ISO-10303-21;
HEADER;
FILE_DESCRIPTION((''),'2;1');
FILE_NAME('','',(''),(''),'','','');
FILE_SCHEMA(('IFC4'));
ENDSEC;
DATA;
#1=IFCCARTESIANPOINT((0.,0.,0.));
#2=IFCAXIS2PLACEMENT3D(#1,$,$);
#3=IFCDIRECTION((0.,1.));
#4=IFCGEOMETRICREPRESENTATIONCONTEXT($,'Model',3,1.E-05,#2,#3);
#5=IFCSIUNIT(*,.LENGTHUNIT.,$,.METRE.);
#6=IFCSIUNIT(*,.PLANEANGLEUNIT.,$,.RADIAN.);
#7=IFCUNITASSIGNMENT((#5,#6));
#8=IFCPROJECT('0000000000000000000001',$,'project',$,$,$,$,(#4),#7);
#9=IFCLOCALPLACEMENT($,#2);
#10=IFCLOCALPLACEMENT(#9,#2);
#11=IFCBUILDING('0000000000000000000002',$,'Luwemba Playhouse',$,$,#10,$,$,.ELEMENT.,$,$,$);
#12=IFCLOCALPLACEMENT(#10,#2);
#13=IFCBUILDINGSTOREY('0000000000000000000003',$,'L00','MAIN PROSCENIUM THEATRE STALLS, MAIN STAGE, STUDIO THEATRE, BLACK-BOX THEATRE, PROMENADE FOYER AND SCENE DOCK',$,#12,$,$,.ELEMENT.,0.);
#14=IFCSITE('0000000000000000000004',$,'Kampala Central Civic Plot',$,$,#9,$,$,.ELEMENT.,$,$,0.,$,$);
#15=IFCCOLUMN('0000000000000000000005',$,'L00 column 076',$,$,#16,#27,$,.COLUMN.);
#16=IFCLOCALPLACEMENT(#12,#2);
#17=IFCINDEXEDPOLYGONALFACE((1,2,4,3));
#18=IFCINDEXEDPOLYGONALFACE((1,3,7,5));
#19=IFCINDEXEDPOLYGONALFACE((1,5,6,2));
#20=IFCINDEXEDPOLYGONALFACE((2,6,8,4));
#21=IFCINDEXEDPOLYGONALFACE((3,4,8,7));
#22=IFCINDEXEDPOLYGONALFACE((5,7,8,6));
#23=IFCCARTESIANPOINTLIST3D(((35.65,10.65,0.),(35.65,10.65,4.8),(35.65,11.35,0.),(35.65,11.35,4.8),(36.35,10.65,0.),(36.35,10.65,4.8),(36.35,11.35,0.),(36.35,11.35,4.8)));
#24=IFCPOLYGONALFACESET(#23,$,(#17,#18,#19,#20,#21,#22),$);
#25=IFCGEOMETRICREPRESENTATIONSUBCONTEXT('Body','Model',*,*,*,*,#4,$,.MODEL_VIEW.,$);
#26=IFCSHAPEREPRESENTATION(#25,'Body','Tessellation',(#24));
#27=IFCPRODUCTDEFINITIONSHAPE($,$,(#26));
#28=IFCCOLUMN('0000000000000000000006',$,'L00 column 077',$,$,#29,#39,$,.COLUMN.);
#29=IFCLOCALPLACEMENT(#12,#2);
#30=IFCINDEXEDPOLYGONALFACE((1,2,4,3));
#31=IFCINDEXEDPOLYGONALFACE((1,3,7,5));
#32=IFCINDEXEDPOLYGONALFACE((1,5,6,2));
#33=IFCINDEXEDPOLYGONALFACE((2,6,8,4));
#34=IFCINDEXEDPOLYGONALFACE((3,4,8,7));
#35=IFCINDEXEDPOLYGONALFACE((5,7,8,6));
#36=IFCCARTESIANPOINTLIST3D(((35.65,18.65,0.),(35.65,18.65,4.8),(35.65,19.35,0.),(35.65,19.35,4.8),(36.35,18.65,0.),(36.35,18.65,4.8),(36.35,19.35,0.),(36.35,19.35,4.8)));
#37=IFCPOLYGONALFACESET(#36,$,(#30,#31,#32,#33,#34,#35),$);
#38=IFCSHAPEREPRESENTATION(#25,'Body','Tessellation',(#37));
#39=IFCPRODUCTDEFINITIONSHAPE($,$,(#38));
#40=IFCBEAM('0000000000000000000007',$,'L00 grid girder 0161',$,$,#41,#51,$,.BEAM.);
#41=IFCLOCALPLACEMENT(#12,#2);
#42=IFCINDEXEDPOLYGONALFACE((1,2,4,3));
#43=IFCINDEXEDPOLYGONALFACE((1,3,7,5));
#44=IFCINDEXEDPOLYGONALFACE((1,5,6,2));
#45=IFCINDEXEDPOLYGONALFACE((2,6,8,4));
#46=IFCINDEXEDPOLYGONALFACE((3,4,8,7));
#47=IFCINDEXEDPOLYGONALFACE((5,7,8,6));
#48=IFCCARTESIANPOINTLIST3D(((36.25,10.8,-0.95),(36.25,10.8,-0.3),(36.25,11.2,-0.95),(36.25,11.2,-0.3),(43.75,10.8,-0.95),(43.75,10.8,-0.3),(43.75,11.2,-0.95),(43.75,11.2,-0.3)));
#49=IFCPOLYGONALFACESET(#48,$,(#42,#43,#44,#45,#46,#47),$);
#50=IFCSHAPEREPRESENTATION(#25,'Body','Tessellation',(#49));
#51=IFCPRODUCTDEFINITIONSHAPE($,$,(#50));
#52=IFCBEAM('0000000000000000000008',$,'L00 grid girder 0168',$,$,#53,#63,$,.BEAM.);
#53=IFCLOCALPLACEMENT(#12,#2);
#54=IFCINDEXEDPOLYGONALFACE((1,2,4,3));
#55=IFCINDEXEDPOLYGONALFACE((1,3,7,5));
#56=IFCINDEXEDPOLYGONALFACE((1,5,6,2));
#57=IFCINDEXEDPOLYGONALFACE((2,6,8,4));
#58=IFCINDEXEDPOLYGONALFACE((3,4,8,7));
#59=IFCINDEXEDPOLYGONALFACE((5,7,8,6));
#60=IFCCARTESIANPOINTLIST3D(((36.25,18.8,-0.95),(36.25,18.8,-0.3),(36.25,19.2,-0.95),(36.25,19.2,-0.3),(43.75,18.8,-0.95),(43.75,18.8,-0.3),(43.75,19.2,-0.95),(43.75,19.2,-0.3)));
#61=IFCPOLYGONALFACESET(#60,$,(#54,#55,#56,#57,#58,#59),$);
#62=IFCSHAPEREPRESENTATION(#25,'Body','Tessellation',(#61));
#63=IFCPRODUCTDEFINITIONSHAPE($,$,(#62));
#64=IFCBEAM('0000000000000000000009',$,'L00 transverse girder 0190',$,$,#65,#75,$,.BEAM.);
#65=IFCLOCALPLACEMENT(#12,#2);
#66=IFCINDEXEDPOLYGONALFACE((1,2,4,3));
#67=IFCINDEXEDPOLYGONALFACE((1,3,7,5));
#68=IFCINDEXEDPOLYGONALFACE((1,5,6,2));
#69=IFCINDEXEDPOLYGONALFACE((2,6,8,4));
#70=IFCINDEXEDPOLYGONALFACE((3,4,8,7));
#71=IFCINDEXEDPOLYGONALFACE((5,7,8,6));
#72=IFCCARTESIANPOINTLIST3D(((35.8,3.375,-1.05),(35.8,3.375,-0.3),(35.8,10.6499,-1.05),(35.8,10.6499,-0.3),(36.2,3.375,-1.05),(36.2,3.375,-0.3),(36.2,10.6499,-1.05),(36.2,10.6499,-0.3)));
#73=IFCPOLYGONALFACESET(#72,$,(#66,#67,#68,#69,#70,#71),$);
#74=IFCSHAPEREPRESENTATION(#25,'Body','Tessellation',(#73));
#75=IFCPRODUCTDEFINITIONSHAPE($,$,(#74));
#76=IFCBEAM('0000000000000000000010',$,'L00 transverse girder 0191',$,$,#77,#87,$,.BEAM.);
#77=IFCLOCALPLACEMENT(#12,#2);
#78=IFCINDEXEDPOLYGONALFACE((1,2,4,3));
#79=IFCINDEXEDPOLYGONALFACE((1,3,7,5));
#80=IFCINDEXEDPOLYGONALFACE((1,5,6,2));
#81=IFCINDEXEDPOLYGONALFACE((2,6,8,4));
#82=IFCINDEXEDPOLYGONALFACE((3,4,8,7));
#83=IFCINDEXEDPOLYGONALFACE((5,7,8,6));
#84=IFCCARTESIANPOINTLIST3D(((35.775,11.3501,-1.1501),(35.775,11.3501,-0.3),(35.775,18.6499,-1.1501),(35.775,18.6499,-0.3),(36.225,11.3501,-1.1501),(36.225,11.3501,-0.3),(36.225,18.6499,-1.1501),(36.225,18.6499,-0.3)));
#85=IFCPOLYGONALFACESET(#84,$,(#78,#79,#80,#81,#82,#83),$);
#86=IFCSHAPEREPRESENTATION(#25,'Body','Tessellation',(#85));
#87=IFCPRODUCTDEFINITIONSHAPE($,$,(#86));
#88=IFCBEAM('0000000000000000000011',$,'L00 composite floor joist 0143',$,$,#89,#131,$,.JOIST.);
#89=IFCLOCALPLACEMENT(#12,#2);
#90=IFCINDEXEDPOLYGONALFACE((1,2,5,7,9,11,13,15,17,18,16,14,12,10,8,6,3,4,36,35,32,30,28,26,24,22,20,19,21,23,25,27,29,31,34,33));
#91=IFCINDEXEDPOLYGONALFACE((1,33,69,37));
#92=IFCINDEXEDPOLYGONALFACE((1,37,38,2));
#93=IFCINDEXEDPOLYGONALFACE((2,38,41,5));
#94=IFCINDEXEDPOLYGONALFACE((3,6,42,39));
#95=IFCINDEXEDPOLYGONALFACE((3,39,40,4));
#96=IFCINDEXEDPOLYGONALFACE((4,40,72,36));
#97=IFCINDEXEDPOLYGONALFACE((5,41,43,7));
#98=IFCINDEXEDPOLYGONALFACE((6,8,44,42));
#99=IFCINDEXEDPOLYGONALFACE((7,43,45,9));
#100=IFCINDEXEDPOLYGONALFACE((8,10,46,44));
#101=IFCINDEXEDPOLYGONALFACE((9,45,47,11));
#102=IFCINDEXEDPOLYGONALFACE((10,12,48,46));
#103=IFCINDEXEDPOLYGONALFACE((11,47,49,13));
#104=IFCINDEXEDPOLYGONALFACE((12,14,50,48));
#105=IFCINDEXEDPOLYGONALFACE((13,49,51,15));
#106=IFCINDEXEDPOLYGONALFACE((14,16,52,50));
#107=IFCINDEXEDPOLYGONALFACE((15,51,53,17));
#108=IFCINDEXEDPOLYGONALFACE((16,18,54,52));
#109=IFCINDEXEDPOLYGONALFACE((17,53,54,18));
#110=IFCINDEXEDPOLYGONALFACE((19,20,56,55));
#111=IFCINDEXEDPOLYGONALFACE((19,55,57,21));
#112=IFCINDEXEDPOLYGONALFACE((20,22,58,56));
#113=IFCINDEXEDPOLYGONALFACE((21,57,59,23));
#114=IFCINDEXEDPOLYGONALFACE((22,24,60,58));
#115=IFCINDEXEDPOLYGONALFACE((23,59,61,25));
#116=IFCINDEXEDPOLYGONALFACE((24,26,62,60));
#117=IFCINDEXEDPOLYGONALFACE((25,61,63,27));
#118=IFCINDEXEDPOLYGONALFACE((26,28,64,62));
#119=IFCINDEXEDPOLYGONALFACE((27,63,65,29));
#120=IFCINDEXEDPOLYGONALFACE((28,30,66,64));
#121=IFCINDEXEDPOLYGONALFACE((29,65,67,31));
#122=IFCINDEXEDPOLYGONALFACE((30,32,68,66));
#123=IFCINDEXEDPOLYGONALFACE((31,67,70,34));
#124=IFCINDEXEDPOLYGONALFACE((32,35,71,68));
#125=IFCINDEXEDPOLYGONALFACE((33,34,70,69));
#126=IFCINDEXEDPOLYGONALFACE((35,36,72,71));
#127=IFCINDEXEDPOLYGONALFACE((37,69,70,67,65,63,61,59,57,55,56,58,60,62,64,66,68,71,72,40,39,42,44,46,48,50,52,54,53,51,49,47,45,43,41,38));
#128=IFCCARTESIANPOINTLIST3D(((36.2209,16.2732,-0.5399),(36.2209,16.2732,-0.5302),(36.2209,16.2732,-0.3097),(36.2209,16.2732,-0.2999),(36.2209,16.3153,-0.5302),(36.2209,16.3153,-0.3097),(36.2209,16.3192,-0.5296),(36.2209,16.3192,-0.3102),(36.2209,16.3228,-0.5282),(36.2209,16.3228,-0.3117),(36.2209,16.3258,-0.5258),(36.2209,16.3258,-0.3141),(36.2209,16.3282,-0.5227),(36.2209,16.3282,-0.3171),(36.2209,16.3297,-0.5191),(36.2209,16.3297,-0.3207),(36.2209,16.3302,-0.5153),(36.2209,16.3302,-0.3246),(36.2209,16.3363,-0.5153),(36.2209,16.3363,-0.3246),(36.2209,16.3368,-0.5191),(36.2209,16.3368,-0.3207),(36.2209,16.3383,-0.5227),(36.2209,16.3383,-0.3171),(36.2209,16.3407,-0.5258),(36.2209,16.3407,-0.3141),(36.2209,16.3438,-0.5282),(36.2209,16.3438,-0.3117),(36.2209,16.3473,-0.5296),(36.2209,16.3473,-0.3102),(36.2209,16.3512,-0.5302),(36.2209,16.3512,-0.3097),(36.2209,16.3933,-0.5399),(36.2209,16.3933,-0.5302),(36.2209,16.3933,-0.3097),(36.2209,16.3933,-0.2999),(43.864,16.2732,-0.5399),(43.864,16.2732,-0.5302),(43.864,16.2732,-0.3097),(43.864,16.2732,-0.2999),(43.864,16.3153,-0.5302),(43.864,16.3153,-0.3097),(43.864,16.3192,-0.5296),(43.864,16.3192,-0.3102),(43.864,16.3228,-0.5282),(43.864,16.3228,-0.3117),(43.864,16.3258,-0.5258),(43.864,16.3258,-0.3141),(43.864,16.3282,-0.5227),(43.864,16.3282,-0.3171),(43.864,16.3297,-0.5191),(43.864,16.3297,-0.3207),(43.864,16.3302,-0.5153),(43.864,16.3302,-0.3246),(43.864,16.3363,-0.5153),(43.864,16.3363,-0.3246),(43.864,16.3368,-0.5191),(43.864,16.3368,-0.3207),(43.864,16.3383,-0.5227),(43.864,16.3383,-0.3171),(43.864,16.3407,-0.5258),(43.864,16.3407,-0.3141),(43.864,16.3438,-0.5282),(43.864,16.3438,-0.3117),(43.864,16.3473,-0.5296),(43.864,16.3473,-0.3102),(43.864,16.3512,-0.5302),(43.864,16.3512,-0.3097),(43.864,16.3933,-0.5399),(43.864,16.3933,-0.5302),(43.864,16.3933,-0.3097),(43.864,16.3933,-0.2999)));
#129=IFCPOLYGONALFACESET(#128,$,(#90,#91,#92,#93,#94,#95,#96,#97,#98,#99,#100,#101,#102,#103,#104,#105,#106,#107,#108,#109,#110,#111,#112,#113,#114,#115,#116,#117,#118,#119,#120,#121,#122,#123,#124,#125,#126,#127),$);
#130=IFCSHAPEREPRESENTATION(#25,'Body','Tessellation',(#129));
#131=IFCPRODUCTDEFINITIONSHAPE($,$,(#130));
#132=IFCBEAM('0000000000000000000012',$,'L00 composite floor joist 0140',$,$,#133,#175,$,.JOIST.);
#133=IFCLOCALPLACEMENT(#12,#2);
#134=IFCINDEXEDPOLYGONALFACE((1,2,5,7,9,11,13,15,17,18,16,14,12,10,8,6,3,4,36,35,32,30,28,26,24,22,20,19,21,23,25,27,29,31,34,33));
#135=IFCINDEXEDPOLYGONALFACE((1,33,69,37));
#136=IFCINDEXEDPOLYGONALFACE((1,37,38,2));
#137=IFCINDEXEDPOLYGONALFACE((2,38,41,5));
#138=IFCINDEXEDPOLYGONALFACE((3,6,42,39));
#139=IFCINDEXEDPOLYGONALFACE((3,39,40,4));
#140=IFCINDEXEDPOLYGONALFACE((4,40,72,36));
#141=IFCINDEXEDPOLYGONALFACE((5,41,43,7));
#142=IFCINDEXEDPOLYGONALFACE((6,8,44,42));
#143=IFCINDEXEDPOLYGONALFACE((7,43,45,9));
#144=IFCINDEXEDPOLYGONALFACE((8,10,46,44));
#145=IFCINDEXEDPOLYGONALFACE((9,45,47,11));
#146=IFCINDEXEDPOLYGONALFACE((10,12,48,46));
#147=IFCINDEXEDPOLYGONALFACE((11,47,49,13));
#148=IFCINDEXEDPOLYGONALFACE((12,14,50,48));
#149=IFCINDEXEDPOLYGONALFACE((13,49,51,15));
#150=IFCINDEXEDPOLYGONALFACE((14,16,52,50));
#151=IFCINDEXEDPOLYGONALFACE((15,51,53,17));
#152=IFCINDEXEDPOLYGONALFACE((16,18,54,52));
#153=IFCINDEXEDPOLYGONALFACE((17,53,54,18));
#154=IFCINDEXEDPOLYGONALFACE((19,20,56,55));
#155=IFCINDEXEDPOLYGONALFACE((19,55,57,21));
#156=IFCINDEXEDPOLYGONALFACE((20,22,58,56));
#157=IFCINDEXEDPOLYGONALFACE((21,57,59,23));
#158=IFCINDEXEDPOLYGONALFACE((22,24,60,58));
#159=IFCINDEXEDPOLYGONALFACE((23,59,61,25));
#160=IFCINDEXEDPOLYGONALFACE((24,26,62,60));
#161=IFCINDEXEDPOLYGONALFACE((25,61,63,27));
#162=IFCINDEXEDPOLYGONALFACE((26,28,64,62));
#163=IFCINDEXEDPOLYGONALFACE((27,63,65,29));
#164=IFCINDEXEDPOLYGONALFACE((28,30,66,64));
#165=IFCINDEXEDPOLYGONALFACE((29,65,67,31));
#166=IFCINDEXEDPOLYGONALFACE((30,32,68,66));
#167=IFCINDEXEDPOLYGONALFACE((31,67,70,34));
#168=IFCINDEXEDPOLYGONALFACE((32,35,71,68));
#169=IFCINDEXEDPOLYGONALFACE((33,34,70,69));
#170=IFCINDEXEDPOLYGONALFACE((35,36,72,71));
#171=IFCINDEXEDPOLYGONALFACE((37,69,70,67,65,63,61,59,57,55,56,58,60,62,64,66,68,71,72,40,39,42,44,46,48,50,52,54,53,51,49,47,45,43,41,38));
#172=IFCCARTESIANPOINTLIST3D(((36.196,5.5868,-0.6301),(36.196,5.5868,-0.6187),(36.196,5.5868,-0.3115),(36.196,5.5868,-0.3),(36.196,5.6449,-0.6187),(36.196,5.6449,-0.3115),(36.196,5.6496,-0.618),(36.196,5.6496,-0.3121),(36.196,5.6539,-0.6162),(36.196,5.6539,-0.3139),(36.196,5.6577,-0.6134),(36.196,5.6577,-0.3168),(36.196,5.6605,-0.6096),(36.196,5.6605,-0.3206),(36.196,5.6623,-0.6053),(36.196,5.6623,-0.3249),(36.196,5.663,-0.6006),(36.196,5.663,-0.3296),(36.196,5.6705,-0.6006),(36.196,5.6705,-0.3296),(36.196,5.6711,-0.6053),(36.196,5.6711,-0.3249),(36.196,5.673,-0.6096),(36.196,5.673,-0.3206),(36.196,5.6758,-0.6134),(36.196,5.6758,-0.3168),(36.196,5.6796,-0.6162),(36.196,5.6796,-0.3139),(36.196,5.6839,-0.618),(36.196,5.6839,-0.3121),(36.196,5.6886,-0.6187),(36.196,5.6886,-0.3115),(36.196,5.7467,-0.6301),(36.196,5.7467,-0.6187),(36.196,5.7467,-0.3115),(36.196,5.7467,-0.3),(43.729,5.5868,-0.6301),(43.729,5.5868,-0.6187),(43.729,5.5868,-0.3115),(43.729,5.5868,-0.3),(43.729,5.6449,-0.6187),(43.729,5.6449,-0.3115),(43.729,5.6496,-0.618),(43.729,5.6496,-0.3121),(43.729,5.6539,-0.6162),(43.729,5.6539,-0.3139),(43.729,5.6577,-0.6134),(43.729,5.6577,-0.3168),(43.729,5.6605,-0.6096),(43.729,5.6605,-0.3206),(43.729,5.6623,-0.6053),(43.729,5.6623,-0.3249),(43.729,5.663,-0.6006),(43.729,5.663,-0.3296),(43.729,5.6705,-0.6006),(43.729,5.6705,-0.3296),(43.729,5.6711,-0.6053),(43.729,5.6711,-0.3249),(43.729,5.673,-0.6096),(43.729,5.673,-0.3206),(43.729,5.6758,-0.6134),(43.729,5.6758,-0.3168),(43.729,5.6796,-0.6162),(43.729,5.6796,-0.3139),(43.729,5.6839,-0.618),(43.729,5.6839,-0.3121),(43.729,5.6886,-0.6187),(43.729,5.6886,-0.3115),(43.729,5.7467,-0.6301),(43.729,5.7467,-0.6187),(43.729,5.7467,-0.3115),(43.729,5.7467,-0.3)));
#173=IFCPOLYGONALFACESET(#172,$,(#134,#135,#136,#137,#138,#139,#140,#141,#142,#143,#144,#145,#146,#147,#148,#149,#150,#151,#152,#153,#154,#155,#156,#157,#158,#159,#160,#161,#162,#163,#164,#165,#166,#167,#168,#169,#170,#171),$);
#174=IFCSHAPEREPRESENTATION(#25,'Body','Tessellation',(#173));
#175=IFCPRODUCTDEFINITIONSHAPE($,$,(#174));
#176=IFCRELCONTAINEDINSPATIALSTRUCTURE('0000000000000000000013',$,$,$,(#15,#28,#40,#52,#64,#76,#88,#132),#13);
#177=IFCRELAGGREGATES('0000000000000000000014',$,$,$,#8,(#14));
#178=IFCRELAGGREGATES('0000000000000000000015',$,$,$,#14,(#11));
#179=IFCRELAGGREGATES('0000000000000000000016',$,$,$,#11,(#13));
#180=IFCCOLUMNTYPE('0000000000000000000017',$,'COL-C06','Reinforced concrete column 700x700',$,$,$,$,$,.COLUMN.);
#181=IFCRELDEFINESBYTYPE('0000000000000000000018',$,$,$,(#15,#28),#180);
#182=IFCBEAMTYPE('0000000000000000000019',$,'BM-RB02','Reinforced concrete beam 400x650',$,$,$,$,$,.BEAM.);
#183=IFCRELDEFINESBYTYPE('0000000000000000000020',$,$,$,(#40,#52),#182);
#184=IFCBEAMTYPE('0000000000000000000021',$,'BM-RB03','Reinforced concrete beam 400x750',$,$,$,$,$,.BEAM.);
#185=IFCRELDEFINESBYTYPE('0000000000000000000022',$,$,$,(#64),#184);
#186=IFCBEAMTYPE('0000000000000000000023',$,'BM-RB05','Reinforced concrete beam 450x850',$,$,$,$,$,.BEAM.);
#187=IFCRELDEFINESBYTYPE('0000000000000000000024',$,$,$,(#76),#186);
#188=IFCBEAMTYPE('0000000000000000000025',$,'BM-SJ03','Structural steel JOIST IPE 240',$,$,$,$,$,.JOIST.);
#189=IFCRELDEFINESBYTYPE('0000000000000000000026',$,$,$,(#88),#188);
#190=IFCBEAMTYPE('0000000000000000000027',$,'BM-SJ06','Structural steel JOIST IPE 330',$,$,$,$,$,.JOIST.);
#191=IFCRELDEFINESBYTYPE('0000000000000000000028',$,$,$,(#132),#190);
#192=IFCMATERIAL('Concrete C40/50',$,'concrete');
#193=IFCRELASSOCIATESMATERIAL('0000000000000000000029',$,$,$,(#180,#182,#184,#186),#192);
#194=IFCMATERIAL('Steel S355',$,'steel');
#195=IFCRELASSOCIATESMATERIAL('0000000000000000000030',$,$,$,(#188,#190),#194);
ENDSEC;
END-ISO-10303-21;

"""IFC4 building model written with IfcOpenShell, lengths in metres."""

from ifc_helpers import new_model, si_unit, direction, frame, origin, origin_2d, place, context, subcontext, project, spatial, rectangle, i_section, extrude, material, material_profile, profile_set, type_object, element, save


model = new_model("IFC4")

# Units and contexts
model_context = context("Model", 3, precision=1e-05, world=origin(), true_north=direction((0.0, 1.0)))
body_context = subcontext(model_context, "Body", "Model", "MODEL_VIEW")
ifc_project = project(units=[si_unit("LENGTHUNIT", "METRE"), si_unit("PLANEANGLEUNIT", "RADIAN")], contexts=[model_context])

# Site, building, storey
site_placement = place(None, origin())
site = spatial("IfcSite", under=ifc_project, at=site_placement, Name="Kampala Central Civic Plot", CompositionType="ELEMENT", RefElevation=0.0)
building_placement = place(site_placement, origin())
building = spatial("IfcBuilding", under=site, at=building_placement, Name="Luwemba Playhouse", CompositionType="ELEMENT")
storey_placement = place(building_placement, origin())
storey = spatial("IfcBuildingStorey", under=building, at=storey_placement, Name="L00", Description="MAIN PROSCENIUM THEATRE STALLS, MAIN STAGE, STUDIO THEATRE, BLACK-BOX THEATRE, PROMENADE FOYER AND SCENE DOCK", CompositionType="ELEMENT", Elevation=0.0)

# Columns
ifc_material_1 = material(Name="Concrete C40/50", Category="concrete")
ifc_material_profile_1 = material_profile(ifc_material_1, rectangle(XDim=0.7, YDim=0.7, at=origin_2d()))
ifc_profile_set_1 = profile_set([ifc_material_profile_1], Name="Concrete C40/50")
column_type = type_object("IfcColumnType", Name="COL-C06", Description="Reinforced concrete column 700x700", PredefinedType="COLUMN", material=ifc_profile_set_1)
for number, where, z_axis, x_axis, name in (
    (1, (36.0, 11.0, 0.0), (0.0, 0.0, 1.0), (1.0, 0.0, 0.0), "L00 column 076"),
    (2, (36.0, 19.0, 0.0), (0.0, 0.0, 1.0), (1.0, 0.0, 0.0), "L00 column 077"),
):
    element("IfcColumn", number, at=place(storey_placement, frame(where, z_axis=z_axis, x_axis=x_axis)), inside=storey, type_object=column_type, Name=name, PredefinedType="COLUMN", context=body_context, shape_type="SweptSolid", body=[
        extrude(rectangle(XDim=0.7, YDim=0.7, at=origin_2d()), origin(), (0.0, 0.0, 1.0), 4.8),
    ])

# Beams
ifc_material_profile_2 = material_profile(ifc_material_1, rectangle(XDim=0.3999, YDim=0.6499, at=origin_2d()))
ifc_profile_set_2 = profile_set([ifc_material_profile_2], Name="Concrete C40/50")
beam_type_1 = type_object("IfcBeamType", Name="BM-RB02", Description="Reinforced concrete beam 400x650", PredefinedType="BEAM", material=ifc_profile_set_2)
for number, where, z_axis, x_axis, name in (
    (3, (36.25, 11.0, -0.625), (1.0, 0.0, 0.0), (0.0, 1.0, 0.0), "L00 grid girder 0161"),
    (4, (36.25, 19.0, -0.625), (1.0, 0.0, 0.0), (0.0, 1.0, 0.0), "L00 grid girder 0168"),
):
    element("IfcBeam", number, at=place(storey_placement, frame(where, z_axis=z_axis, x_axis=x_axis)), inside=storey, type_object=beam_type_1, Name=name, PredefinedType="BEAM", context=body_context, shape_type="SweptSolid", body=[
        extrude(rectangle(XDim=0.3999, YDim=0.6499, at=origin_2d()), origin(), (0.0, 0.0, 1.0), 7.5),
    ])
ifc_material_profile_3 = material_profile(ifc_material_1, rectangle(XDim=0.3999, YDim=0.75, at=origin_2d()))
ifc_profile_set_3 = profile_set([ifc_material_profile_3], Name="Concrete C40/50")
beam_type_2 = type_object("IfcBeamType", Name="BM-RB03", Description="Reinforced concrete beam 400x750", PredefinedType="BEAM", material=ifc_profile_set_3)
beam_1_placement = place(storey_placement, frame((36.0, 3.375, -0.675), z_axis=(0.0, 1.0, 0.0), x_axis=(-1.0, 0.0, 0.0)))
element("IfcBeam", 5, at=beam_1_placement, inside=storey, type_object=beam_type_2, Name="L00 transverse girder 0190", PredefinedType="BEAM", context=body_context, shape_type="SweptSolid", body=[
    extrude(rectangle(XDim=0.3999, YDim=0.75, at=origin_2d()), origin(), (0.0, 0.0, 1.0), 7.2749),
])
ifc_material_profile_4 = material_profile(ifc_material_1, rectangle(XDim=0.45, YDim=0.8501, at=origin_2d()))
ifc_profile_set_4 = profile_set([ifc_material_profile_4], Name="Concrete C40/50")
beam_type_3 = type_object("IfcBeamType", Name="BM-RB05", Description="Reinforced concrete beam 450x850", PredefinedType="BEAM", material=ifc_profile_set_4)
beam_2_placement = place(storey_placement, frame((36.0, 11.3501, -0.7251), z_axis=(0.0, 1.0, 0.0), x_axis=(-1.0, 0.0, 0.0)))
element("IfcBeam", 6, at=beam_2_placement, inside=storey, type_object=beam_type_3, Name="L00 transverse girder 0191", PredefinedType="BEAM", context=body_context, shape_type="SweptSolid", body=[
    extrude(rectangle(XDim=0.45, YDim=0.8501, at=origin_2d()), origin(), (0.0, 0.0, 1.0), 7.2998),
])
ifc_material_2 = material(Name="Steel S355", Category="steel")
ifc_material_profile_5 = material_profile(ifc_material_2, i_section(OverallWidth=0.1201, OverallDepth=0.24, WebThickness=0.0061, FlangeThickness=0.0098, FilletRadius=0.0149, at=origin_2d()))
ifc_profile_set_5 = profile_set([ifc_material_profile_5], Name="Steel S355")
beam_type_4 = type_object("IfcBeamType", Name="BM-SJ03", Description="Structural steel JOIST IPE 240", PredefinedType="JOIST", material=ifc_profile_set_5)
beam_3_placement = place(storey_placement, frame((36.2209, 16.3333, -0.4199), z_axis=(1.0, 0.0, 0.0), x_axis=(0.0, 1.0, 0.0)))
element("IfcBeam", 7, at=beam_3_placement, inside=storey, type_object=beam_type_4, Name="L00 composite floor joist 0143", PredefinedType="JOIST", context=body_context, shape_type="SweptSolid", body=[
    extrude(i_section(OverallWidth=0.1201, OverallDepth=0.24, WebThickness=0.0061, FlangeThickness=0.0098, FilletRadius=0.0149, at=origin_2d()), origin(), (0.0, 0.0, 1.0), 7.6431),
])
ifc_material_profile_6 = material_profile(ifc_material_2, i_section(OverallWidth=0.1599, OverallDepth=0.3301, WebThickness=0.0076, FlangeThickness=0.0115, FilletRadius=0.0181, at=origin_2d()))
ifc_profile_set_6 = profile_set([ifc_material_profile_6], Name="Steel S355")
beam_type_5 = type_object("IfcBeamType", Name="BM-SJ06", Description="Structural steel JOIST IPE 330", PredefinedType="JOIST", material=ifc_profile_set_6)
beam_4_placement = place(storey_placement, frame((36.196, 5.6667, -0.4651), z_axis=(1.0, 0.0, 0.0), x_axis=(0.0, 1.0, 0.0)))
element("IfcBeam", 8, at=beam_4_placement, inside=storey, type_object=beam_type_5, Name="L00 composite floor joist 0140", PredefinedType="JOIST", context=body_context, shape_type="SweptSolid", body=[
    extrude(i_section(OverallWidth=0.1599, OverallDepth=0.3301, WebThickness=0.0076, FlangeThickness=0.0115, FilletRadius=0.0181, at=origin_2d()), origin(), (0.0, 0.0, 1.0), 7.533),
])

save(model, "model.ifc")
